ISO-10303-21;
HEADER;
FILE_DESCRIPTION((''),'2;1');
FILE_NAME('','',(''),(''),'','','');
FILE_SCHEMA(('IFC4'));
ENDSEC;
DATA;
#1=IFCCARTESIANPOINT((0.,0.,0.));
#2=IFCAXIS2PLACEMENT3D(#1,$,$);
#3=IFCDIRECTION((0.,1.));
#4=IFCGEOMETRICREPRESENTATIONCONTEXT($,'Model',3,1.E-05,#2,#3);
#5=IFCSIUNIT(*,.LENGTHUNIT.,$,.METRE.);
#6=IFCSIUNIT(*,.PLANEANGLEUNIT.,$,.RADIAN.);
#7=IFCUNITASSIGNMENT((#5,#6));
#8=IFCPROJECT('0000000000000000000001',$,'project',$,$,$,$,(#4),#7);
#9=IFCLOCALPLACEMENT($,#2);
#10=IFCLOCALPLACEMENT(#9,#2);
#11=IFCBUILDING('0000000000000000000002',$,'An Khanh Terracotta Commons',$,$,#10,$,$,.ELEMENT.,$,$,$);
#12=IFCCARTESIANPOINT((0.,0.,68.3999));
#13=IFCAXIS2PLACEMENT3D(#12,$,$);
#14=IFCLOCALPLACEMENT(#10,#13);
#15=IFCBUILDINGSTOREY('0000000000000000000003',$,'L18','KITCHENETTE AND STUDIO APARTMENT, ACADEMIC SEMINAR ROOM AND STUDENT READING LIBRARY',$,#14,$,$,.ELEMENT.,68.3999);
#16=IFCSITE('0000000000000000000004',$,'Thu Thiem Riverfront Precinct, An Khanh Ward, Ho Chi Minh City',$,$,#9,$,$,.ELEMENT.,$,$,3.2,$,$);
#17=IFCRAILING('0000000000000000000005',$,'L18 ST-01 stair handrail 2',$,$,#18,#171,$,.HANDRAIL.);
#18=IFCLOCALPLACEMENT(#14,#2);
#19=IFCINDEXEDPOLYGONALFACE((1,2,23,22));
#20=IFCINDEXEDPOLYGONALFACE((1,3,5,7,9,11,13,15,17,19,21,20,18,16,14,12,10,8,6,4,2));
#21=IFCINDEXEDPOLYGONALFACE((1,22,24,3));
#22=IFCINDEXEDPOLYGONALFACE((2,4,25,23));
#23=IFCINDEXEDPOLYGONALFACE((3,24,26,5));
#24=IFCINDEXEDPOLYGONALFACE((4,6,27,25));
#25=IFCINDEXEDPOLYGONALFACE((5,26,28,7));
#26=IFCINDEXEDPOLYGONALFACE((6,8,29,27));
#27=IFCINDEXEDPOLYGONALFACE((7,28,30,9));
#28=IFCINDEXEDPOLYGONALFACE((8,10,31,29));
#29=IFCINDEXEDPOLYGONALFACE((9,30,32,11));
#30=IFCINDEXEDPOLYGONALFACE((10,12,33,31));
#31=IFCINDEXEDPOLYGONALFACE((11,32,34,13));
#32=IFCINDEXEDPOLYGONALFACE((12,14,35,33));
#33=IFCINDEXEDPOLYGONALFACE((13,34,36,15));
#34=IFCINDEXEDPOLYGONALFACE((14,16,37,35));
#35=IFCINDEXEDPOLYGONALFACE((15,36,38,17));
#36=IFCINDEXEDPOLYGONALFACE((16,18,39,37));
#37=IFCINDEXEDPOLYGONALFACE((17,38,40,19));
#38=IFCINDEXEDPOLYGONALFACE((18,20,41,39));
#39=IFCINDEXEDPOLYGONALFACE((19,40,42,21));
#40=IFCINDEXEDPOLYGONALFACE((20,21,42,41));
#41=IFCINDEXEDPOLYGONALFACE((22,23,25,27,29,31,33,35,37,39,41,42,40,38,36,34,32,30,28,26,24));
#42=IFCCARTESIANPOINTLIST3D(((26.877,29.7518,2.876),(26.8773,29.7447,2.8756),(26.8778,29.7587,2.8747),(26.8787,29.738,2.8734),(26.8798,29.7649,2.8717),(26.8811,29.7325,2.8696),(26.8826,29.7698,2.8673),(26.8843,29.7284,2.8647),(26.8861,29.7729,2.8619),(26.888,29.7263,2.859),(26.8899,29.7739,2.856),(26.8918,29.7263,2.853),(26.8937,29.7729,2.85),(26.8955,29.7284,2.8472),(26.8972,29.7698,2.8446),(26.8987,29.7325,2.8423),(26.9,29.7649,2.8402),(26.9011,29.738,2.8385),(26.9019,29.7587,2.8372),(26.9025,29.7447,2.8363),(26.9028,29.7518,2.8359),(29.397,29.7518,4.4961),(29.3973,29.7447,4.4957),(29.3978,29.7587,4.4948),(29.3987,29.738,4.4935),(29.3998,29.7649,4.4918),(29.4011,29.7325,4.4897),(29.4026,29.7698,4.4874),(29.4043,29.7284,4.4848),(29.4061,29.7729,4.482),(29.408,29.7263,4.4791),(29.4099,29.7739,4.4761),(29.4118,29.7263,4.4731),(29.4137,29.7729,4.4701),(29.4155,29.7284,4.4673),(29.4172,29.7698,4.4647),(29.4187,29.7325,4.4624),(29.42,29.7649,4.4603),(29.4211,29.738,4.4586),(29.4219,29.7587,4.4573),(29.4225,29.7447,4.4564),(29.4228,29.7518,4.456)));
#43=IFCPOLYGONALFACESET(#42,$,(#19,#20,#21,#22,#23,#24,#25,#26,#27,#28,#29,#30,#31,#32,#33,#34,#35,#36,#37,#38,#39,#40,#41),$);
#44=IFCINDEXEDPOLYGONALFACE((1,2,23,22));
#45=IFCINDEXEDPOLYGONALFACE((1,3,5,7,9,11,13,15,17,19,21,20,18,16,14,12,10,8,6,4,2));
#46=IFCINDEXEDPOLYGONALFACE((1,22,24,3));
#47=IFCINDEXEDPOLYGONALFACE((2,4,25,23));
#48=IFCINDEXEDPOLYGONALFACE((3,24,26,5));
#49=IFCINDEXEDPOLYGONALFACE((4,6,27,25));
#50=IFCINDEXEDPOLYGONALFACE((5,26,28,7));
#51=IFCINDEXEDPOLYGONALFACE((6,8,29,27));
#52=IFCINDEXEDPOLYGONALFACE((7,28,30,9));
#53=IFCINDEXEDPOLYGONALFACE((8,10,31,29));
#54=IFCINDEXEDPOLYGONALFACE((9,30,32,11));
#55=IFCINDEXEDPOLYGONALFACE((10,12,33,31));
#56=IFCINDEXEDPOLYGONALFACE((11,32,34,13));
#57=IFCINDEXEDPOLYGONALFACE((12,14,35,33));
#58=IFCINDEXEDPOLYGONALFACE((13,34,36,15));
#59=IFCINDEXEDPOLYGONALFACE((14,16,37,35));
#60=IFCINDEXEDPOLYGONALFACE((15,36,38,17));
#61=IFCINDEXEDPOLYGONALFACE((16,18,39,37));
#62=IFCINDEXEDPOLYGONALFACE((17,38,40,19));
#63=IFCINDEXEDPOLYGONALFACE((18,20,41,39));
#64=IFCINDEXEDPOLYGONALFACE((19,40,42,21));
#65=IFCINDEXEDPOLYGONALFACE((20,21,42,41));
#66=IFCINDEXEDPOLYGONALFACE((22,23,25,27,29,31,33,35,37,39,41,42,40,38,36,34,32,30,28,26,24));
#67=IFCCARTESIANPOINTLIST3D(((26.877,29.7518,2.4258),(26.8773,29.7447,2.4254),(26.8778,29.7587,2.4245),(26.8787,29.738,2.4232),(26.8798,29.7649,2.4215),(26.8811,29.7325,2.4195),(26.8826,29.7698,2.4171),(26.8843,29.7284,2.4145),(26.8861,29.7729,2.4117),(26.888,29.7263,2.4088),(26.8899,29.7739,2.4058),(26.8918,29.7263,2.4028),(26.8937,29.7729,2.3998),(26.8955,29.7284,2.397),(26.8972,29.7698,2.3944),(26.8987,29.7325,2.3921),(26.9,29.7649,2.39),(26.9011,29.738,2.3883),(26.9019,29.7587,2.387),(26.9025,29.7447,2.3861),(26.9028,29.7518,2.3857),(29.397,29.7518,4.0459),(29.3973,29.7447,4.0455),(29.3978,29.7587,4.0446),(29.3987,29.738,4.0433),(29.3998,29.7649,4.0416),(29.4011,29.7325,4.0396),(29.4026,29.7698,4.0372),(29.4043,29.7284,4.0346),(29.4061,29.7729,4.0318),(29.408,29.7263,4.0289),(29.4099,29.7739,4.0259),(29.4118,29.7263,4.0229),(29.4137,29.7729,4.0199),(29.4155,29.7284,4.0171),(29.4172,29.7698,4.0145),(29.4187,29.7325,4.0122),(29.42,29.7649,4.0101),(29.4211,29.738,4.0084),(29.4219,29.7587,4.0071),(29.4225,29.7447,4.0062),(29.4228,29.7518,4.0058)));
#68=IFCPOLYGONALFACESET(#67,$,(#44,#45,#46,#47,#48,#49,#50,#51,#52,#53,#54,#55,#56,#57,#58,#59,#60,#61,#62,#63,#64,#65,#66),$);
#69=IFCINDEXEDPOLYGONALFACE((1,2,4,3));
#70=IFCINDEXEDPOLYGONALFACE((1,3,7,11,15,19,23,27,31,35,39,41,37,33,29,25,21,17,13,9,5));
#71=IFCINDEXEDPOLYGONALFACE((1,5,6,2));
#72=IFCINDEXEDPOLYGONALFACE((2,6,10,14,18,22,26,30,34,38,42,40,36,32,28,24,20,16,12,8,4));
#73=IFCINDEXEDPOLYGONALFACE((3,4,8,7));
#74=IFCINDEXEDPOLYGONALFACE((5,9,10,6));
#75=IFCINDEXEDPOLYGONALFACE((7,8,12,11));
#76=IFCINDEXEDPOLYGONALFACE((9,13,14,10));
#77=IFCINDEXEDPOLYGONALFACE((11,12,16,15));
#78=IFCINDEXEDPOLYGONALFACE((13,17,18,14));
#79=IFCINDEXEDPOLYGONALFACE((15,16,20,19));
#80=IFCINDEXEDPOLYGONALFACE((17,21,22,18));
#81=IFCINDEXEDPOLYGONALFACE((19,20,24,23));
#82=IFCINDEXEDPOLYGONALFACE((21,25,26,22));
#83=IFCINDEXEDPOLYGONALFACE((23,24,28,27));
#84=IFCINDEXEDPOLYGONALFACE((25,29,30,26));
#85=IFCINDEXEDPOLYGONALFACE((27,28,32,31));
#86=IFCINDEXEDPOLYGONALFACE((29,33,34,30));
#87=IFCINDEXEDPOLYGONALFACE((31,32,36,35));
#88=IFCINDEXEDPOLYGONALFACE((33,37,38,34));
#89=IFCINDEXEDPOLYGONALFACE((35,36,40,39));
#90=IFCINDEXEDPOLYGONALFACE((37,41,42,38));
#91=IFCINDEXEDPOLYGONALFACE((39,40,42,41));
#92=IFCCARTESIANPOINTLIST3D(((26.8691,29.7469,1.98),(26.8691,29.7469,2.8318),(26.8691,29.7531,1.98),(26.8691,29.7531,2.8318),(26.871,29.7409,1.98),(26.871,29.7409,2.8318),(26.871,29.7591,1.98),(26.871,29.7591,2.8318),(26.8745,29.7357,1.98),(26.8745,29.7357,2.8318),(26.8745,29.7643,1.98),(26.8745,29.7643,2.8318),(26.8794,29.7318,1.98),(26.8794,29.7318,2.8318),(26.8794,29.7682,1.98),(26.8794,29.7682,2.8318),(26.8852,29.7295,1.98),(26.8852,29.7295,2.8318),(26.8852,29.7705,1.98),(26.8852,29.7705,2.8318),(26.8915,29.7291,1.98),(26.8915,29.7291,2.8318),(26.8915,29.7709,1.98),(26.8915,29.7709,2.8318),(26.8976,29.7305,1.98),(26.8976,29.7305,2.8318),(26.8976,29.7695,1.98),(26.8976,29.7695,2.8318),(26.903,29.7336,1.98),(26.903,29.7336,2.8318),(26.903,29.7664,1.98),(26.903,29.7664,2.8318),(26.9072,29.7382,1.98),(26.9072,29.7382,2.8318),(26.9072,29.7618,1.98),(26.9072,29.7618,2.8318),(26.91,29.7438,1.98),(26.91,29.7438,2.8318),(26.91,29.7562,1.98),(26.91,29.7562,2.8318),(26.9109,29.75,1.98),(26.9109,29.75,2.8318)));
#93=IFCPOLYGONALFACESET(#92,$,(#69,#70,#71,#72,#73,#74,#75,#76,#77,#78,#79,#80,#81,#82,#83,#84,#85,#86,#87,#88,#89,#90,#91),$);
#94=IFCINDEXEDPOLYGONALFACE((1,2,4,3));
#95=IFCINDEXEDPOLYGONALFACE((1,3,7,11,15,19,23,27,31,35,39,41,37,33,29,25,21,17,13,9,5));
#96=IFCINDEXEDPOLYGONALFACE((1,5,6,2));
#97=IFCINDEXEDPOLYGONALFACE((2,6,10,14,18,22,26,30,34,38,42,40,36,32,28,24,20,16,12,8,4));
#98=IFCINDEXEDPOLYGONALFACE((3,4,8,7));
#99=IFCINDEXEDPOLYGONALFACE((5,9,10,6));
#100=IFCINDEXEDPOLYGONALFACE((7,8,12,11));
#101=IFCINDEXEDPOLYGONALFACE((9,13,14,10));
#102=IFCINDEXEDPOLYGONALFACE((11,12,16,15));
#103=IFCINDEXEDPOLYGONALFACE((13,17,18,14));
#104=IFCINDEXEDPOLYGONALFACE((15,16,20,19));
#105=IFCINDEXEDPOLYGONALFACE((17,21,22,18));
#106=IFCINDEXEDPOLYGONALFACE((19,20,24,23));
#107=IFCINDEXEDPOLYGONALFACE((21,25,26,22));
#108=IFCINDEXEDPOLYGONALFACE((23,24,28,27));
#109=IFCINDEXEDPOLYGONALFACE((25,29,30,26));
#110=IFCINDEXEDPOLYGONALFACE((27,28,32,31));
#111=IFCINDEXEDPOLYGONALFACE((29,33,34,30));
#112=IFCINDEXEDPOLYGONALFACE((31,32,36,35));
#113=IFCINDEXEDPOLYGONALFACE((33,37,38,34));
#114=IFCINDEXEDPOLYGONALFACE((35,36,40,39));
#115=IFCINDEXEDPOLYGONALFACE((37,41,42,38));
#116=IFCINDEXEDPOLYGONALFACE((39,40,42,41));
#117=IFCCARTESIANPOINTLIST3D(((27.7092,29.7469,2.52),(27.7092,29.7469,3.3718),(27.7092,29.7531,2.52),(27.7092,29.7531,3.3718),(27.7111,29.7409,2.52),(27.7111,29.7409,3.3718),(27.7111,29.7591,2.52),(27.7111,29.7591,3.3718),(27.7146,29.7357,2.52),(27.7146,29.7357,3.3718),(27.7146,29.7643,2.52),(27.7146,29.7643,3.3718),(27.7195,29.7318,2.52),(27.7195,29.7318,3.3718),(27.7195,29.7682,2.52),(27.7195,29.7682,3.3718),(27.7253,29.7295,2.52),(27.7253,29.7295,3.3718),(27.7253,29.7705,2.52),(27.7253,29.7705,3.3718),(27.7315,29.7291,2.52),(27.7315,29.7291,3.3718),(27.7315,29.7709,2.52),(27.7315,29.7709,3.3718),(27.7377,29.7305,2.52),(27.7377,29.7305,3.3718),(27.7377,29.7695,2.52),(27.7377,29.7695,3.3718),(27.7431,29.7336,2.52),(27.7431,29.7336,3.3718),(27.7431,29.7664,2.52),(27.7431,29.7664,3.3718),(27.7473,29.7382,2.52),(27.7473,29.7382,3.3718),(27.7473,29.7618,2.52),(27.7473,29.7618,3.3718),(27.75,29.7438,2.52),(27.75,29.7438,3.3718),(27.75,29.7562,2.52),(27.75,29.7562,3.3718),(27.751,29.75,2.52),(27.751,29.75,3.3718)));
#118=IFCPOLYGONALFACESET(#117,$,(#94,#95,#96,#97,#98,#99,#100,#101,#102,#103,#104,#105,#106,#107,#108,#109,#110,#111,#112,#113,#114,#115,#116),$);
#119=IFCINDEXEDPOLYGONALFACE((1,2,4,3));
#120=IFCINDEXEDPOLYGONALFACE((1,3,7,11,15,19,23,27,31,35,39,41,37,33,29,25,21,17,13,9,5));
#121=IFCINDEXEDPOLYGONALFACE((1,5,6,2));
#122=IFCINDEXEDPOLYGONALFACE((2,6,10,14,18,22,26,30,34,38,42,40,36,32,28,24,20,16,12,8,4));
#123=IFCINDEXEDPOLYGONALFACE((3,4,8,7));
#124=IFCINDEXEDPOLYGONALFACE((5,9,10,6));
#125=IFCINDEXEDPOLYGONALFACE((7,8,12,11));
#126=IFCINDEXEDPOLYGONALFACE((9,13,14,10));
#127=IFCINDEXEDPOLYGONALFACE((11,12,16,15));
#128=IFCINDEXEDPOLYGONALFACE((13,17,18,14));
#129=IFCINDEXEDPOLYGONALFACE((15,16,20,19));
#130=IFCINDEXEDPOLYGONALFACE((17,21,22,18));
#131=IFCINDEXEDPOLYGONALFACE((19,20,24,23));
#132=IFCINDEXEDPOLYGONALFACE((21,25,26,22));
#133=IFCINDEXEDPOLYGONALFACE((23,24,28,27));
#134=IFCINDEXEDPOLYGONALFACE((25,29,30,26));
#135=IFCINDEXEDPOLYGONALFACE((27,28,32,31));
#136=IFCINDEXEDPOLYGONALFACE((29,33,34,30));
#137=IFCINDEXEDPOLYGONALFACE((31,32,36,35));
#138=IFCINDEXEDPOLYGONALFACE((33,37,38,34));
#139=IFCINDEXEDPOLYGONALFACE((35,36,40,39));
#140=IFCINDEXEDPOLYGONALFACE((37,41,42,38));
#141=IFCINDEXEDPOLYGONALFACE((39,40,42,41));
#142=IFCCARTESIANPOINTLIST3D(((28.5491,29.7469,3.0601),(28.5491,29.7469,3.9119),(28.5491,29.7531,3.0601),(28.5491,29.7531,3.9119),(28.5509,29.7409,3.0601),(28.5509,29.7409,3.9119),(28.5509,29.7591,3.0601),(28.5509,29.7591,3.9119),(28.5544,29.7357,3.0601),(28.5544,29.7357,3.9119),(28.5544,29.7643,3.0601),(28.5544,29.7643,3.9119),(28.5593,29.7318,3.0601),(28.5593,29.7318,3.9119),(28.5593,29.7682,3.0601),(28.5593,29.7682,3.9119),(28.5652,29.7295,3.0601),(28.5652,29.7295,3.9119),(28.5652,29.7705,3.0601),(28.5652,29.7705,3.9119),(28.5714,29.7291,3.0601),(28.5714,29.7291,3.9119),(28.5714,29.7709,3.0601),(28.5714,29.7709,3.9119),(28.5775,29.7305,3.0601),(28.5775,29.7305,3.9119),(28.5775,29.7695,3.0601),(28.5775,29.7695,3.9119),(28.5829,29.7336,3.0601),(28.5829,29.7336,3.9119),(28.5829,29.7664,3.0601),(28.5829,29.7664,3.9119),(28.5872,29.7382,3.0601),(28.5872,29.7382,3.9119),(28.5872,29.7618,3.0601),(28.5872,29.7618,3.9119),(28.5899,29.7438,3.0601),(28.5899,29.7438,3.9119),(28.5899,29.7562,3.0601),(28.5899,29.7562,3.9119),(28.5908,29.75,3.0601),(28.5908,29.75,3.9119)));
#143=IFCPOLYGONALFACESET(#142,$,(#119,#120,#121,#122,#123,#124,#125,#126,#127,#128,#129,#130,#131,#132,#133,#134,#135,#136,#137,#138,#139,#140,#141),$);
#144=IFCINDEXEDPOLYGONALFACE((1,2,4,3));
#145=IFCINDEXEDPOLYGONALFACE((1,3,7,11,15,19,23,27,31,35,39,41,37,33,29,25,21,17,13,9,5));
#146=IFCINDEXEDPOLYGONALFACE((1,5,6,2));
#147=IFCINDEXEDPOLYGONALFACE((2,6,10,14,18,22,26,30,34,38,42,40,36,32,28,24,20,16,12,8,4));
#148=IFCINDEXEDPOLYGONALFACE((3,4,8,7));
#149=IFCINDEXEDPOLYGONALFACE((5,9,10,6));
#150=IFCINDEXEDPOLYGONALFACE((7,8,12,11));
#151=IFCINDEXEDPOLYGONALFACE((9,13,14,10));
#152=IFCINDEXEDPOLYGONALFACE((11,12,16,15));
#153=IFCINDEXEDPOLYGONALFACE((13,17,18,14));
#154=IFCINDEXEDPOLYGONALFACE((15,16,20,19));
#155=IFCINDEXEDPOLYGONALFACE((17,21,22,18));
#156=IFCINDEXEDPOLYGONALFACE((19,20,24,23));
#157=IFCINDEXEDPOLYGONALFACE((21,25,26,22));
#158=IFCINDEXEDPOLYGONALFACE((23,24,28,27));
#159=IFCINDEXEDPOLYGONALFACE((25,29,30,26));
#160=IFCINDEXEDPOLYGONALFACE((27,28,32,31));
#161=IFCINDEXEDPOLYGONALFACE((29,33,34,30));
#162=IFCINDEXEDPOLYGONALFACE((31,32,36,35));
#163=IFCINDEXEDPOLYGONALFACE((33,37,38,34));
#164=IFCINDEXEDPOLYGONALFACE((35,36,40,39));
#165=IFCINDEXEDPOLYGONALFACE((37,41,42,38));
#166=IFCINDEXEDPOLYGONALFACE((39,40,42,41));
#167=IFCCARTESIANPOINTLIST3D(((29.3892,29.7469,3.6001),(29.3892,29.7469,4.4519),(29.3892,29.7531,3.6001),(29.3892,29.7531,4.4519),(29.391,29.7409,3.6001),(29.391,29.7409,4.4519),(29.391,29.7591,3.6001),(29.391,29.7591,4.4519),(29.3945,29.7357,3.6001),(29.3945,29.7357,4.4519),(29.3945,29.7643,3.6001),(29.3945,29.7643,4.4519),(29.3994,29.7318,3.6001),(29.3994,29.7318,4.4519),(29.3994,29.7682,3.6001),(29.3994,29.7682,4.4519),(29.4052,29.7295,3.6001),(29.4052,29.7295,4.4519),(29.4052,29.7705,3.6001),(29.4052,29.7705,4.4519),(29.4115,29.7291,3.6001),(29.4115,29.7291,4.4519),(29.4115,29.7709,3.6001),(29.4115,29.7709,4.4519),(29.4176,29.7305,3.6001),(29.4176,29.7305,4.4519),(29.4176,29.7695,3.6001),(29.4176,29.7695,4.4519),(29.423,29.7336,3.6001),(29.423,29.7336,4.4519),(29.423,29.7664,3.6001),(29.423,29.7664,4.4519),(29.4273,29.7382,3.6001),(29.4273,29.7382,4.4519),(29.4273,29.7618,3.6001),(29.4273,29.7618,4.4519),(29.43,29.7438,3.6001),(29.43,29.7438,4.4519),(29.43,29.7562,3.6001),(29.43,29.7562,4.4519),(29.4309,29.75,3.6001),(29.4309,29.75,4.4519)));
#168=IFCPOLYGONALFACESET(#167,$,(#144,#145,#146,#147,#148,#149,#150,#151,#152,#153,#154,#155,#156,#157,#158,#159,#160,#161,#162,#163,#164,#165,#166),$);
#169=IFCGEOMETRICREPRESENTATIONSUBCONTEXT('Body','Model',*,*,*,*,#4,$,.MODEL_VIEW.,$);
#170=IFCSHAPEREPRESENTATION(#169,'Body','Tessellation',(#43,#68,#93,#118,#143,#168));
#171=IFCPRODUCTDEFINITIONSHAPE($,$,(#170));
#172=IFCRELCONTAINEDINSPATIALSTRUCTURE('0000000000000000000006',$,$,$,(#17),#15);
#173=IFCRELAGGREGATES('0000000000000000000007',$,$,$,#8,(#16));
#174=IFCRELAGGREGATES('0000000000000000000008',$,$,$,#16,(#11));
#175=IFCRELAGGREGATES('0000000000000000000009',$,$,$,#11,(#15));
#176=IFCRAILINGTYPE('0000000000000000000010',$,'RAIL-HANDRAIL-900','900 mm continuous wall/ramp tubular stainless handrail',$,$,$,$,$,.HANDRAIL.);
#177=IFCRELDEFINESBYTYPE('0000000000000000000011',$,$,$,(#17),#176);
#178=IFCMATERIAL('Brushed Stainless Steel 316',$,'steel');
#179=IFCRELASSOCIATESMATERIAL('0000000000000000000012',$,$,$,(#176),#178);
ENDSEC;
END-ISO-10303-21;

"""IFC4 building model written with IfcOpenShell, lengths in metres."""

from ifc_helpers import new_model, si_unit, direction, frame, origin, origin_2d, place, context, subcontext, project, spatial, circle, extrude, material, type_object, element, save


model = new_model("IFC4")

# Units and contexts
model_context = context("Model", 3, precision=1e-05, world=origin(), true_north=direction((0.0, 1.0)))
body_context = subcontext(model_context, "Body", "Model", "MODEL_VIEW")
ifc_project = project(units=[si_unit("LENGTHUNIT", "METRE"), si_unit("PLANEANGLEUNIT", "RADIAN")], contexts=[model_context])

# Site, building, storey
site_placement = place(None, origin())
site = spatial("IfcSite", under=ifc_project, at=site_placement, Name="Thu Thiem Riverfront Precinct, An Khanh Ward, Ho Chi Minh City", CompositionType="ELEMENT", RefElevation=3.2)
building_placement = place(site_placement, origin())
building = spatial("IfcBuilding", under=site, at=building_placement, Name="An Khanh Terracotta Commons", CompositionType="ELEMENT")
storey_placement = place(building_placement, frame((0.0, 0.0, 68.3999)))
storey = spatial("IfcBuildingStorey", under=building, at=storey_placement, Name="L18", Description="KITCHENETTE AND STUDIO APARTMENT, ACADEMIC SEMINAR ROOM AND STUDENT READING LIBRARY", CompositionType="ELEMENT", Elevation=68.3999)

# Railing
ifc_material_1 = material(Name="Brushed Stainless Steel 316", Category="steel")
railing_type_1 = type_object("IfcRailingType", Name="RAIL-HANDRAIL-900", Description="900 mm continuous wall/ramp tubular stainless handrail", PredefinedType="HANDRAIL", material=ifc_material_1)
railing_1_placement = place(storey_placement, frame((26.8899, 29.75, 1.98)))
element("IfcRailing", 1, at=railing_1_placement, inside=storey, type_object=railing_type_1, Name="L18 ST-01 stair handrail 2", PredefinedType="HANDRAIL", context=body_context, shape_type="SweptSolid", body=[
    extrude(circle(Radius=0.0239, at=origin_2d()), frame((0.0, 0.0, 0.876), z_axis=(0.841163, 0.0, 0.540782), x_axis=(0.0, 1.0, 0.0)), (0.0, 0.0, 1.0), 2.9958),
    extrude(circle(Radius=0.0239, at=origin_2d()), frame((0.0, 0.0, 0.4258), z_axis=(0.841163, 0.0, 0.540782), x_axis=(0.0, 1.0, 0.0)), (0.0, 0.0, 1.0), 2.9958),
    extrude(circle(Radius=0.021, at=origin_2d()), origin(), (0.0, 0.0, 1.0), 0.8518),
    extrude(circle(Radius=0.021, at=origin_2d()), frame((0.8401, 0.0, 0.54)), (0.0, 0.0, 1.0), 0.8518),
    extrude(circle(Radius=0.021, at=origin_2d()), frame((1.6799, 0.0, 1.0801)), (0.0, 0.0, 1.0), 0.8518),
    extrude(circle(Radius=0.021, at=origin_2d()), frame((2.52, 0.0, 1.6201)), (0.0, 0.0, 1.0), 0.8518),
])

save(model, "model.ifc")
